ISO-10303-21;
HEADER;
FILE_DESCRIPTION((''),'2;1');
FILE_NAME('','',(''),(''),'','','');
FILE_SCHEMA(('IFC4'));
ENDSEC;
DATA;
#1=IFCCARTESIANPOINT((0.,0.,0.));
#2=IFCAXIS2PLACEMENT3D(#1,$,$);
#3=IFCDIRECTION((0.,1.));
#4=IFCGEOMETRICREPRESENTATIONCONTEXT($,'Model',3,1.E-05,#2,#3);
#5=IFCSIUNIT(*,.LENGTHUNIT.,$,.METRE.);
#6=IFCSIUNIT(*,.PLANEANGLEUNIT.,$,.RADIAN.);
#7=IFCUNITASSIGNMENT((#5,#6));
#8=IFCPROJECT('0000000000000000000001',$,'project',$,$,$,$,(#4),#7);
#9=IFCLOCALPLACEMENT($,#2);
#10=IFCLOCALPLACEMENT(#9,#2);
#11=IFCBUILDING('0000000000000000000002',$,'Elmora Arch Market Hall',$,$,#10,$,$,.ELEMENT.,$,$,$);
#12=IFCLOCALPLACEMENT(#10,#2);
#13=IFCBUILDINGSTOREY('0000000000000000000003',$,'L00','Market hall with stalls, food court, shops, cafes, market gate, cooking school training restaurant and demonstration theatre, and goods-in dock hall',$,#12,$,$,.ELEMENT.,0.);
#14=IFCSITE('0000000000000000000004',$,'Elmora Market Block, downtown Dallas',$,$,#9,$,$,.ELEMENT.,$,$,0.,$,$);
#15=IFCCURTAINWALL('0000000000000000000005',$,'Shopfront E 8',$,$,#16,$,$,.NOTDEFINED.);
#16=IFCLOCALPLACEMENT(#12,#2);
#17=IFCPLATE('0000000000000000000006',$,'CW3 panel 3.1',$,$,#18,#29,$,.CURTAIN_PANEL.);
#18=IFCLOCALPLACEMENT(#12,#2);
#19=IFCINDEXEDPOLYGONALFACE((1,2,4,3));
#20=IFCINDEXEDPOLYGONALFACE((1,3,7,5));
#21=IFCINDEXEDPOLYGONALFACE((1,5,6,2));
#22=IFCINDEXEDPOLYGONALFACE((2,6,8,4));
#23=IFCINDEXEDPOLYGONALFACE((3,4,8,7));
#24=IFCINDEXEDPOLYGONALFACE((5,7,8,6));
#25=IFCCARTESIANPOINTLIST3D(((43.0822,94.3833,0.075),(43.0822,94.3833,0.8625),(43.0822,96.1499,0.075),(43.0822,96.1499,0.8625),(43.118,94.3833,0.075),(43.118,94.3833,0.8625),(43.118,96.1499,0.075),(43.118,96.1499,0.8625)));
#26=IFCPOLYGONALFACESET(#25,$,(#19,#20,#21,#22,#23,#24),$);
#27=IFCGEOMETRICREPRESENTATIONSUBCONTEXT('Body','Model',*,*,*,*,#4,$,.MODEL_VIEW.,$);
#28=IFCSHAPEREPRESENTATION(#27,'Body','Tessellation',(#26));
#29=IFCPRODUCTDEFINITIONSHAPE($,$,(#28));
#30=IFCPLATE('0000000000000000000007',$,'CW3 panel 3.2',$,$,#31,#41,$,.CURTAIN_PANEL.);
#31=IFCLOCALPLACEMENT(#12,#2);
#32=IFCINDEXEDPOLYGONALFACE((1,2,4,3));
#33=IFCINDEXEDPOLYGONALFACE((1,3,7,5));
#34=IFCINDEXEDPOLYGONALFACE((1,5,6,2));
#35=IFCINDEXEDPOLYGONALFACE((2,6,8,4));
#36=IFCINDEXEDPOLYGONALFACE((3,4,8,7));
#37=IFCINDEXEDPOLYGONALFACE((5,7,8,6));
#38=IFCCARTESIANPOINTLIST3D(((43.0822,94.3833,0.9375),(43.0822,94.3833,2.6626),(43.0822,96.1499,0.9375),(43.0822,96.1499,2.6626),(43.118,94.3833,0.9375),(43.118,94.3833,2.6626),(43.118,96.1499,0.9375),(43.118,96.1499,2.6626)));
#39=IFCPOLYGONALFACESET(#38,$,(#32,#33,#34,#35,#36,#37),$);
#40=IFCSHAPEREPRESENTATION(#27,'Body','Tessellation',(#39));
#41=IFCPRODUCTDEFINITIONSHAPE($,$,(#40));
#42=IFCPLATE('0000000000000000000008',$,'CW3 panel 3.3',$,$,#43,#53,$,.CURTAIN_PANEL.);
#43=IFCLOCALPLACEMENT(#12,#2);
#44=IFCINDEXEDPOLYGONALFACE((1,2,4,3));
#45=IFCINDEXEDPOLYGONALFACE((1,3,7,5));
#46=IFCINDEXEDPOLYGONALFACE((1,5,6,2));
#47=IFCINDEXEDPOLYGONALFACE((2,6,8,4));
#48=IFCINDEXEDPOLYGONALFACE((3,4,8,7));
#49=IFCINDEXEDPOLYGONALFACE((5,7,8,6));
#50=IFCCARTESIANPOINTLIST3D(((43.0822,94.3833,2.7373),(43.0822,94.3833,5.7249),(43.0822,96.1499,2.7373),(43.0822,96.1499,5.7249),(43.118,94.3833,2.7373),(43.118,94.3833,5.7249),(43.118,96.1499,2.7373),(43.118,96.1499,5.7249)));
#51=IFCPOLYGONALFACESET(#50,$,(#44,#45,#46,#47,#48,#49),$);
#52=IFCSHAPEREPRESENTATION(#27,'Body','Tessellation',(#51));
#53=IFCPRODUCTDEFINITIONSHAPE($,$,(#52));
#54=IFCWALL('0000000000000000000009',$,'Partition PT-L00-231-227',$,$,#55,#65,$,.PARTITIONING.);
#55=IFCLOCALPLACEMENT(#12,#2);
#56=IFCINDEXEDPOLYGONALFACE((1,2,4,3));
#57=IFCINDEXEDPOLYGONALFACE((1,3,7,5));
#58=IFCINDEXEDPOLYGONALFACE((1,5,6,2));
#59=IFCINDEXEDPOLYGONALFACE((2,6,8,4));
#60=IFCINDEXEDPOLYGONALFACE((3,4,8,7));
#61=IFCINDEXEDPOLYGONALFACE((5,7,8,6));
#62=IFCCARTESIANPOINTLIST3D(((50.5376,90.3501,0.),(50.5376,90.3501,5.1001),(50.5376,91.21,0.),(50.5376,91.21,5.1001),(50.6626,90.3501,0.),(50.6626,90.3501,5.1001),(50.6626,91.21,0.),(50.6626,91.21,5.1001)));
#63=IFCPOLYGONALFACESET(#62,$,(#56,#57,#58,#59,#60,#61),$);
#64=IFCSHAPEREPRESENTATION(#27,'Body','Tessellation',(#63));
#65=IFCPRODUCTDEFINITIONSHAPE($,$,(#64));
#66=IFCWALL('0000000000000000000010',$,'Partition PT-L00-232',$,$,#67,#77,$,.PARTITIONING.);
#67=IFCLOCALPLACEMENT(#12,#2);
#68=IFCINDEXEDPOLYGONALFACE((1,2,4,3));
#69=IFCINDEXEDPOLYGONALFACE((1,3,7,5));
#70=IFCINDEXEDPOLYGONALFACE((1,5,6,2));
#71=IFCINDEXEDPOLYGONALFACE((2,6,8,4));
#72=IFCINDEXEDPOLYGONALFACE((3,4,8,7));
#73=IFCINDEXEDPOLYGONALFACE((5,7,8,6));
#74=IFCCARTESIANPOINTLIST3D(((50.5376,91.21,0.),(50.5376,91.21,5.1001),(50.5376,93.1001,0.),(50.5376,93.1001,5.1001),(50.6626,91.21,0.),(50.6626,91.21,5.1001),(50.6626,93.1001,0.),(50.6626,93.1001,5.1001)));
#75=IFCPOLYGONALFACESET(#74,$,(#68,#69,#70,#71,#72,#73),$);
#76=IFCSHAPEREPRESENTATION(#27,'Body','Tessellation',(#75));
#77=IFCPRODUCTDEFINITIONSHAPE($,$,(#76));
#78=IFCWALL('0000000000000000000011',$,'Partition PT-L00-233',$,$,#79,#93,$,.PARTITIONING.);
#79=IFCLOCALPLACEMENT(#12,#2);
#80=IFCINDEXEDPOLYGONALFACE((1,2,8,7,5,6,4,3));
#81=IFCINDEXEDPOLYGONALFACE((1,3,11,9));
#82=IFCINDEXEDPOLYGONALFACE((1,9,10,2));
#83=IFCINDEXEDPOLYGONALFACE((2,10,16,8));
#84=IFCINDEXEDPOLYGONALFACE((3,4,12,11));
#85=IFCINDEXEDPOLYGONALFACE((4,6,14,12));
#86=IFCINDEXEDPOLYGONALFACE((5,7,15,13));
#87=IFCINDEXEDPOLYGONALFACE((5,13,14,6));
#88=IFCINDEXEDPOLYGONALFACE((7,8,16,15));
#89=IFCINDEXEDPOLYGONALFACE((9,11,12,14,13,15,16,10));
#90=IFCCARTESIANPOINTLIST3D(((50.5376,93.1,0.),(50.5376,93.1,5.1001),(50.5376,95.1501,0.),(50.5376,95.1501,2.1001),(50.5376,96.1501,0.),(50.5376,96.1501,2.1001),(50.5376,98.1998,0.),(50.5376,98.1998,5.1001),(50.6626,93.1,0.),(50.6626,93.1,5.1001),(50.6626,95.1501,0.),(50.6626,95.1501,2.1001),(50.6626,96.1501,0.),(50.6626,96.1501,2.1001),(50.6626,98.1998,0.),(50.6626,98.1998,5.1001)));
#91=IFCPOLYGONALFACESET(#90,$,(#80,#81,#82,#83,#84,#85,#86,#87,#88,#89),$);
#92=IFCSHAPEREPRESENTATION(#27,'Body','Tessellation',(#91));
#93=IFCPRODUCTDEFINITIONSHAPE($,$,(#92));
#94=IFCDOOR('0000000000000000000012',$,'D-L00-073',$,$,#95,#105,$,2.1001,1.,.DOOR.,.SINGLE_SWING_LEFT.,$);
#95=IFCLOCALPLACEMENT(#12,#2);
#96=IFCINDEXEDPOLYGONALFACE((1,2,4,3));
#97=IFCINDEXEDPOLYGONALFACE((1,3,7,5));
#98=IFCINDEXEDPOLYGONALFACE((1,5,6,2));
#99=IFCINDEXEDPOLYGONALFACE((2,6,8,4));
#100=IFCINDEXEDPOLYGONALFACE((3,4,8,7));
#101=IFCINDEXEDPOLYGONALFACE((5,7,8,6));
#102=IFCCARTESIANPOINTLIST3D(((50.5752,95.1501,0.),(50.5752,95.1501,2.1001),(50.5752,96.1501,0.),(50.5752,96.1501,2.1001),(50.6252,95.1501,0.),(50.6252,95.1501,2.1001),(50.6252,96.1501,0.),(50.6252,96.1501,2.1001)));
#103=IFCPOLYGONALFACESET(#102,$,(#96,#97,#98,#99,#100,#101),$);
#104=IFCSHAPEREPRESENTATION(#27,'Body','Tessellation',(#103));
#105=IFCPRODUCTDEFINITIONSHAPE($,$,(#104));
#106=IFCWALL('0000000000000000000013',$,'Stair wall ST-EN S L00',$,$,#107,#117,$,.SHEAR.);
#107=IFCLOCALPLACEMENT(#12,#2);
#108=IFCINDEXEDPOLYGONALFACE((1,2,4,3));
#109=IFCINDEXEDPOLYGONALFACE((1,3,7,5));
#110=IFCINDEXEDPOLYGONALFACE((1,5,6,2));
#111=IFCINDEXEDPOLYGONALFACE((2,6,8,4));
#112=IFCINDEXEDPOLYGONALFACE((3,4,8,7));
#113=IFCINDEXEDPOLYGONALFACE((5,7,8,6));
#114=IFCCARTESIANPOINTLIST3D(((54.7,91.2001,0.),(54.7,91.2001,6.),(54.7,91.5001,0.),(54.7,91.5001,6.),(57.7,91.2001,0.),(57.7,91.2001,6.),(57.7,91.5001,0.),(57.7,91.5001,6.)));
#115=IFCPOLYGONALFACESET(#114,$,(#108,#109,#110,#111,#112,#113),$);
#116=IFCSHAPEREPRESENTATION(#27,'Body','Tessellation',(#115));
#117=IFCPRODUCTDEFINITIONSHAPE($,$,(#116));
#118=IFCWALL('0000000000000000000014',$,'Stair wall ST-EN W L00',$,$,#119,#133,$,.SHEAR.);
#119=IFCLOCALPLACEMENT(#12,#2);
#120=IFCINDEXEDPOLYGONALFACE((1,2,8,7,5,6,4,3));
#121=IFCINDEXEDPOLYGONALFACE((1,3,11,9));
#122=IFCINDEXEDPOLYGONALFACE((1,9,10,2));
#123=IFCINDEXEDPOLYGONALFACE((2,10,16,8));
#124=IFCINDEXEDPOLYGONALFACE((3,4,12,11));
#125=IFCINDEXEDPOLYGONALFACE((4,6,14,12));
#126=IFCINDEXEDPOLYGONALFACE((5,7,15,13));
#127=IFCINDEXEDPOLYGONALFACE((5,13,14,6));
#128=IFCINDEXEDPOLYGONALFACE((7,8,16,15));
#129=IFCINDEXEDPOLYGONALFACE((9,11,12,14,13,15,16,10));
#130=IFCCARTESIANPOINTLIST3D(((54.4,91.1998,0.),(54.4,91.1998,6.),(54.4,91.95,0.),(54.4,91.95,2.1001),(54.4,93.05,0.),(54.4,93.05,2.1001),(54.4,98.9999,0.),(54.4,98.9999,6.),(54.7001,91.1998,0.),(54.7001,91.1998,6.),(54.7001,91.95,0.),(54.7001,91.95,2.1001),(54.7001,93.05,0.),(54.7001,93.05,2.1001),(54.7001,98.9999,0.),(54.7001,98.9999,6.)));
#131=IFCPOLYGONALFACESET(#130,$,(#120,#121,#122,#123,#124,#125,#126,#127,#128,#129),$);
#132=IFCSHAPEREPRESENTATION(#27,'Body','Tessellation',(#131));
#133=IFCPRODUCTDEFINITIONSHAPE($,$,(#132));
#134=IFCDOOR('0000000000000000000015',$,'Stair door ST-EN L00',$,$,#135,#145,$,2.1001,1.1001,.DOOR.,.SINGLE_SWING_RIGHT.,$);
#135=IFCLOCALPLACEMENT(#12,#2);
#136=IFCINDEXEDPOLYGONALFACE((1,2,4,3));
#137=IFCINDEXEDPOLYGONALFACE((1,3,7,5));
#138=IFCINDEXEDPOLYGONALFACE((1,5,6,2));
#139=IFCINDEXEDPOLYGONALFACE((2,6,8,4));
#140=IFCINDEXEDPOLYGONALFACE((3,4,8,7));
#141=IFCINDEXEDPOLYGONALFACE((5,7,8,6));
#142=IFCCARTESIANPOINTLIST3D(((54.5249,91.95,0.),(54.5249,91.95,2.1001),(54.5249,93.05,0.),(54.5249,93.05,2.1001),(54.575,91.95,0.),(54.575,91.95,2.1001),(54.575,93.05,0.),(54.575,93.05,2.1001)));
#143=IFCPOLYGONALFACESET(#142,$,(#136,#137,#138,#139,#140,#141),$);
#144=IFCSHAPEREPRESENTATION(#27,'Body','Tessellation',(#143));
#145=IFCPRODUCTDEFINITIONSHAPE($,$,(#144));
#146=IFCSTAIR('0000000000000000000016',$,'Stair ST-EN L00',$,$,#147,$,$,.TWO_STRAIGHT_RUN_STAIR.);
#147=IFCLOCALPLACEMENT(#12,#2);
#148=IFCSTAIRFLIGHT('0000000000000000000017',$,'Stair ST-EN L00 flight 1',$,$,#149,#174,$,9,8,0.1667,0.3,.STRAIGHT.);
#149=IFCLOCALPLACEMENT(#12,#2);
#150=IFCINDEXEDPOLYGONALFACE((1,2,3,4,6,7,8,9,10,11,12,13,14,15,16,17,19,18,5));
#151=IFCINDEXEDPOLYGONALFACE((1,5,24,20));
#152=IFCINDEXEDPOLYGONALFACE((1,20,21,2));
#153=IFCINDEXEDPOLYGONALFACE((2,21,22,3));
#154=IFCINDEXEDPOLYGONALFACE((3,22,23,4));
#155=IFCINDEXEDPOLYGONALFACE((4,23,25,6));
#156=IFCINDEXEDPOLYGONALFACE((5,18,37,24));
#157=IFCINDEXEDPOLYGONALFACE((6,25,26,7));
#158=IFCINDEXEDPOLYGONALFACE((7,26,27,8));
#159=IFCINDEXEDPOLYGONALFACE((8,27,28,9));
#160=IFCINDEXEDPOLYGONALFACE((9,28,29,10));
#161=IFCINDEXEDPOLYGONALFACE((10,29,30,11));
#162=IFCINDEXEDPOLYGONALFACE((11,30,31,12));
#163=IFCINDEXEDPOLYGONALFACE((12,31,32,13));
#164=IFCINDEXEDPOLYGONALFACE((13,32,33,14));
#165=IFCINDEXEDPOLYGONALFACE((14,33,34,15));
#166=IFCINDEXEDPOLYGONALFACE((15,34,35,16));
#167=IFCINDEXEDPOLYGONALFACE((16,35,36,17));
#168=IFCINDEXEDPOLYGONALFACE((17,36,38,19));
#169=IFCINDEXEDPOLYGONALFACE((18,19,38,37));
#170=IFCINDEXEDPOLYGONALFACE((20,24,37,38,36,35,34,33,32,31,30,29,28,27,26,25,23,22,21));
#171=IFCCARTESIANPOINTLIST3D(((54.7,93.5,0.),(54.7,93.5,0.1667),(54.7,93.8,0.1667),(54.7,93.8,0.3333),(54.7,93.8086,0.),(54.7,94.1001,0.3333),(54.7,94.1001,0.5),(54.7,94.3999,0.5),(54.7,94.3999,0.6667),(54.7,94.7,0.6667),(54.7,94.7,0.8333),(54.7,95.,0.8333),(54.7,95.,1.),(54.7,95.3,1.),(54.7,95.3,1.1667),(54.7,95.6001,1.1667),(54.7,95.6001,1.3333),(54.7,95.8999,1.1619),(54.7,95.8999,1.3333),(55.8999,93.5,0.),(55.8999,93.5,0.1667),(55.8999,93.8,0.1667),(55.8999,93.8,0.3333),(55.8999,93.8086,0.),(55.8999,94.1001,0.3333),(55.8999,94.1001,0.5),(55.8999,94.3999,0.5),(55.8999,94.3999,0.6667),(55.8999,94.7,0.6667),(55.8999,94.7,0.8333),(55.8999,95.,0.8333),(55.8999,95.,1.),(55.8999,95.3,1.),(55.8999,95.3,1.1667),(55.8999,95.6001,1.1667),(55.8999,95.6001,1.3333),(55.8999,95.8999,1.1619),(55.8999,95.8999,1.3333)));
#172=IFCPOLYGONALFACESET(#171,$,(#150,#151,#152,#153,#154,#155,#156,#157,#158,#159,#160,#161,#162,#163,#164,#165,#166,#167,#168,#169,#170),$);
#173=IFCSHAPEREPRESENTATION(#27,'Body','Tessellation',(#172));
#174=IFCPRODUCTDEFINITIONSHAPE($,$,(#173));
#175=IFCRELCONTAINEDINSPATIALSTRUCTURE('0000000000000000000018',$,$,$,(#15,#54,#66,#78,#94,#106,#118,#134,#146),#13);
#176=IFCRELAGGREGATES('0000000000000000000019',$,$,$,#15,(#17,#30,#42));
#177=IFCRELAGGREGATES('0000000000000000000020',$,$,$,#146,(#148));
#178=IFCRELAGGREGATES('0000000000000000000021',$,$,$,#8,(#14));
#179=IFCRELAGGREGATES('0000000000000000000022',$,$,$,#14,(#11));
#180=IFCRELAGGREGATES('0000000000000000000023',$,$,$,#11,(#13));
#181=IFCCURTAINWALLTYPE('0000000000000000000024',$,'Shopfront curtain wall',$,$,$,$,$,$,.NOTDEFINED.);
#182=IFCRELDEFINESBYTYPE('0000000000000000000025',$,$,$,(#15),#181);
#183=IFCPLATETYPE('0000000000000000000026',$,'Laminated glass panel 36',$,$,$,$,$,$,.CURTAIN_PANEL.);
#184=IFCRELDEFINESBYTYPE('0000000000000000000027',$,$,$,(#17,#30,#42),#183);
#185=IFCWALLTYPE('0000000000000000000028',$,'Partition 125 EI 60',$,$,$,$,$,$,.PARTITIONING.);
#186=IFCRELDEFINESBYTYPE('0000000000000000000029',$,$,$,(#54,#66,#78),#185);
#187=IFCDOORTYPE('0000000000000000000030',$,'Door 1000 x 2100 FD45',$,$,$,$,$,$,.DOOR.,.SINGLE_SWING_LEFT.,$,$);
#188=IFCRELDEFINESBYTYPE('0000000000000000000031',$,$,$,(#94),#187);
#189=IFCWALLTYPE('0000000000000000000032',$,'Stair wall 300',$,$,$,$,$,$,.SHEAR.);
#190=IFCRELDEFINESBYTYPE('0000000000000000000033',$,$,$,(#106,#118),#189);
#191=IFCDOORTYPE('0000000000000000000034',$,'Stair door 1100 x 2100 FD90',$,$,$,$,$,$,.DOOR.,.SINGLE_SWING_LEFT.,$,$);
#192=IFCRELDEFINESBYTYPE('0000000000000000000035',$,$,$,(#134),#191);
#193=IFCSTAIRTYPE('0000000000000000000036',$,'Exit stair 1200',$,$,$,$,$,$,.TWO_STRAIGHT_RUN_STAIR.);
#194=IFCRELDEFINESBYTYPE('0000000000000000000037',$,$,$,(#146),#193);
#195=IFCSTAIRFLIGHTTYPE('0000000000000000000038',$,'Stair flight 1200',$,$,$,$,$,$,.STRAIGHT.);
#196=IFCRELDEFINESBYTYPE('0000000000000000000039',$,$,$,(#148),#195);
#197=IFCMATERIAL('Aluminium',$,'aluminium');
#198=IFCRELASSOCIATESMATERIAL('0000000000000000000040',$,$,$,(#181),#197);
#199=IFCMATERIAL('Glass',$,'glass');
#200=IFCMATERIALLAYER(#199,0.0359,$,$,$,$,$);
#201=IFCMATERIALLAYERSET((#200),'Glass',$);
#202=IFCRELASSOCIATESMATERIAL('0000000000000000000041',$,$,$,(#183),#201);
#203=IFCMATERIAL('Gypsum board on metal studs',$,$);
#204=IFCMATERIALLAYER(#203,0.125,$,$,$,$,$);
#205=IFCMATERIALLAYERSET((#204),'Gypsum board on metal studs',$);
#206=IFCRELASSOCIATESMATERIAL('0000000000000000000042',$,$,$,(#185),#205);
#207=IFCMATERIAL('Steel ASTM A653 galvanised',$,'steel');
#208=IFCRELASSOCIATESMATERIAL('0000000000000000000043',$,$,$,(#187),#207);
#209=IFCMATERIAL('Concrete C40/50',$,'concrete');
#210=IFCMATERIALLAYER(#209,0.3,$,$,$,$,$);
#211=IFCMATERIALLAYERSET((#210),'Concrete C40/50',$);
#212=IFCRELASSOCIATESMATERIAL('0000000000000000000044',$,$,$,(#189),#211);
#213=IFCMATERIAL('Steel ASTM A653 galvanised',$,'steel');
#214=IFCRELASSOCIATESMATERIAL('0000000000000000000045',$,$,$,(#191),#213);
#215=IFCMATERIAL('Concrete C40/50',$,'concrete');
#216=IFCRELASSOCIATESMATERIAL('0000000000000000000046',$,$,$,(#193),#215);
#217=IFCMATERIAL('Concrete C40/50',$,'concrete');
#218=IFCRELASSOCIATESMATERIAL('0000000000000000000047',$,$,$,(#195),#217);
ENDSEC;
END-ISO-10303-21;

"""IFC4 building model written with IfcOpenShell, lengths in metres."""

from ifc_helpers import new_model, si_unit, direction, frame, frame_2d, origin, origin_2d, place, context, subcontext, project, spatial, polyline, rectangle, outline, extrude, material, layer, layer_set, type_object, element, fill, aggregate, save


model = new_model("IFC4")

# Units and contexts
model_context = context("Model", 3, precision=1e-05, world=origin(), true_north=direction((0.0, 1.0)))
body_context = subcontext(model_context, "Body", "Model", "MODEL_VIEW")
ifc_project = project(units=[si_unit("LENGTHUNIT", "METRE"), si_unit("PLANEANGLEUNIT", "RADIAN")], contexts=[model_context])

# Site, building, storey
site_placement = place(None, origin())
site = spatial("IfcSite", under=ifc_project, at=site_placement, Name="Elmora Market Block, downtown Dallas", CompositionType="ELEMENT", RefElevation=0.0)
building_placement = place(site_placement, origin())
building = spatial("IfcBuilding", under=site, at=building_placement, Name="Elmora Arch Market Hall", CompositionType="ELEMENT")
storey_placement = place(building_placement, origin())
storey = spatial("IfcBuildingStorey", under=building, at=storey_placement, Name="L00", Description="Market hall with stalls, food court, shops, cafes, market gate, cooking school training restaurant and demonstration theatre, and goods-in dock hall", CompositionType="ELEMENT", Elevation=0.0)

# Curtain wall
ifc_material_1 = material(Name="Aluminium", Category="aluminium")
curtain_wall_type = type_object("IfcCurtainWallType", Name="Shopfront curtain wall", PredefinedType="NOTDEFINED", material=ifc_material_1)
curtain_wall_placement = place(storey_placement, origin())
curtain_wall = element("IfcCurtainWall", 1, at=curtain_wall_placement, inside=storey, type_object=curtain_wall_type, Name="Shopfront E 8", PredefinedType="NOTDEFINED")

# Plates
ifc_material_2 = material(Name="Glass", Category="glass")
ifc_layer_1 = layer(ifc_material_2, 0.0359)
ifc_layer_set_1 = layer_set([ifc_layer_1], Name="Glass")
plate_type = type_object("IfcPlateType", Name="Laminated glass panel 36", PredefinedType="CURTAIN_PANEL", material=ifc_layer_set_1)
plate_1_placement = place(storey_placement, frame((43.1001, 95.2666, 0.075), z_axis=(0.0, 0.0, 1.0), x_axis=(0.0, 1.0, 0.0)))
plate_1 = element("IfcPlate", 2, at=plate_1_placement, type_object=plate_type, Name="CW3 panel 3.1", PredefinedType="CURTAIN_PANEL", context=body_context, shape_type="SweptSolid", body=[
    extrude(rectangle(XDim=1.7666, YDim=0.0359, at=origin_2d()), origin(), (0.0, 0.0, 1.0), 0.7876),
])
plate_2_placement = place(storey_placement, frame((43.1001, 95.2666, 0.9375), z_axis=(0.0, 0.0, 1.0), x_axis=(0.0, 1.0, 0.0)))
plate_2 = element("IfcPlate", 3, at=plate_2_placement, type_object=plate_type, Name="CW3 panel 3.2", PredefinedType="CURTAIN_PANEL", context=body_context, shape_type="SweptSolid", body=[
    extrude(rectangle(XDim=1.7666, YDim=0.0359, at=origin_2d()), origin(), (0.0, 0.0, 1.0), 1.7251),
])
plate_3_placement = place(storey_placement, frame((43.1001, 95.2666, 2.7373), z_axis=(0.0, 0.0, 1.0), x_axis=(0.0, 1.0, 0.0)))
plate_3 = element("IfcPlate", 4, at=plate_3_placement, type_object=plate_type, Name="CW3 panel 3.3", PredefinedType="CURTAIN_PANEL", context=body_context, shape_type="SweptSolid", body=[
    extrude(rectangle(XDim=1.7666, YDim=0.0359, at=origin_2d()), origin(), (0.0, 0.0, 1.0), 2.9875),
])
aggregate(curtain_wall, [plate_1, plate_2, plate_3])

# Walls
ifc_material_3 = material(Name="Gypsum board on metal studs")
ifc_layer_2 = layer(ifc_material_3, 0.125)
ifc_layer_set_2 = layer_set([ifc_layer_2], Name="Gypsum board on metal studs")
wall_type_1 = type_object("IfcWallType", Name="Partition 125 EI 60", PredefinedType="PARTITIONING", material=ifc_layer_set_2)
wall_1_placement = place(storey_placement, frame((50.6001, 90.3501, 0.0), z_axis=(0.0, 0.0, 1.0), x_axis=(0.0, 1.0, 0.0)))
element("IfcWall", 5, at=wall_1_placement, inside=storey, type_object=wall_type_1, Name="Partition PT-L00-231-227", PredefinedType="PARTITIONING", context=body_context, shape_type="SweptSolid", body=[
    extrude(rectangle(XDim=0.8599, YDim=0.125, at=frame_2d((0.4299, 0.0))), origin(), (0.0, 0.0, 1.0), 5.1001),
])
wall_2_placement = place(storey_placement, frame((50.6001, 91.21, 0.0), z_axis=(0.0, 0.0, 1.0), x_axis=(0.0, 1.0, 0.0)))
element("IfcWall", 6, at=wall_2_placement, inside=storey, type_object=wall_type_1, Name="Partition PT-L00-232", PredefinedType="PARTITIONING", context=body_context, shape_type="SweptSolid", body=[
    extrude(rectangle(XDim=1.8901, YDim=0.125, at=frame_2d((0.9451, 0.0))), origin(), (0.0, 0.0, 1.0), 5.1001),
])

# Wall, opening, door
wall_3_placement = place(storey_placement, frame((50.6001, 93.1001, 0.0), z_axis=(0.0, 0.0, 1.0), x_axis=(0.0, 1.0, 0.0)))
wall_3 = element("IfcWall", 7, at=wall_3_placement, inside=storey, type_object=wall_type_1, Name="Partition PT-L00-233", PredefinedType="PARTITIONING", context=body_context, shape_type="SweptSolid", body=[
    extrude(rectangle(XDim=5.0999, YDim=0.125, at=frame_2d((2.5498, 0.0))), origin(), (0.0, 0.0, 1.0), 5.1001),
])
opening_1_placement = place(wall_3_placement, frame((2.05, 0.0, 0.0)))
opening_1 = element("IfcOpeningElement", 8, at=opening_1_placement, cuts=wall_3, PredefinedType="OPENING", context=body_context, shape_type="SweptSolid", body=[
    extrude(rectangle(XDim=1.0, YDim=2.1001, at=frame_2d((0.5, 1.05))), frame((0.0, 0.0725, 0.0), z_axis=(0.0, -1.0, 0.0), x_axis=(1.0, 0.0, 0.0)), (0.0, 0.0, 1.0), 0.145),
])
ifc_material_4 = material(Name="Steel ASTM A653 galvanised", Category="steel")
door_type_1 = type_object("IfcDoorType", Name="Door 1000 x 2100 FD45", OperationType="SINGLE_SWING_LEFT", PredefinedType="DOOR", material=ifc_material_4)
door_1_placement = place(opening_1_placement, origin())
door_1 = element("IfcDoor", 9, at=door_1_placement, inside=storey, type_object=door_type_1, Name="D-L00-073", OperationType="SINGLE_SWING_LEFT", OverallHeight=2.1001, OverallWidth=1.0, PredefinedType="DOOR", context=body_context, shape_type="SweptSolid", body=[
    extrude(rectangle(XDim=1.0, YDim=2.1001, at=frame_2d((0.5, 1.05))), frame((0.0, 0.0249, 0.0), z_axis=(0.0, -1.0, 0.0), x_axis=(1.0, 0.0, 0.0)), (0.0, 0.0, 1.0), 0.05),
])
fill(opening_1, door_1)

# Wall
ifc_material_5 = material(Name="Concrete C40/50", Category="concrete")
ifc_layer_3 = layer(ifc_material_5, 0.3)
ifc_layer_set_3 = layer_set([ifc_layer_3], Name="Concrete C40/50")
wall_type_2 = type_object("IfcWallType", Name="Stair wall 300", PredefinedType="SHEAR", material=ifc_layer_set_3)
wall_4_placement = place(storey_placement, frame((54.7, 91.3501, 0.0), z_axis=(0.0, 0.0, 1.0), x_axis=(1.0, 0.0, 0.0)))
element("IfcWall", 10, at=wall_4_placement, inside=storey, type_object=wall_type_2, Name="Stair wall ST-EN S L00", PredefinedType="SHEAR", context=body_context, shape_type="SweptSolid", body=[
    extrude(rectangle(XDim=3.0, YDim=0.3, at=frame_2d((1.5, 0.0))), origin(), (0.0, 0.0, 1.0), 6.0),
])

# Wall, opening, door
wall_5_placement = place(storey_placement, frame((54.55, 91.2, 0.0), z_axis=(0.0, 0.0, 1.0), x_axis=(0.0, 1.0, 0.0)))
wall_5 = element("IfcWall", 11, at=wall_5_placement, inside=storey, type_object=wall_type_2, Name="Stair wall ST-EN W L00", PredefinedType="SHEAR", context=body_context, shape_type="SweptSolid", body=[
    extrude(rectangle(XDim=7.8, YDim=0.3, at=frame_2d((3.8999, 0.0))), origin(), (0.0, 0.0, 1.0), 6.0),
])
opening_2_placement = place(wall_5_placement, frame((0.75, 0.0, 0.0)))
opening_2 = element("IfcOpeningElement", 12, at=opening_2_placement, cuts=wall_5, PredefinedType="OPENING", context=body_context, shape_type="SweptSolid", body=[
    extrude(rectangle(XDim=1.1001, YDim=2.1001, at=frame_2d((0.55, 1.05))), frame((0.0, 0.1599, 0.0), z_axis=(0.0, -1.0, 0.0), x_axis=(1.0, 0.0, 0.0)), (0.0, 0.0, 1.0), 0.3201),
])
ifc_material_6 = material(Name="Steel ASTM A653 galvanised", Category="steel")
door_type_2 = type_object("IfcDoorType", Name="Stair door 1100 x 2100 FD90", OperationType="SINGLE_SWING_LEFT", PredefinedType="DOOR", material=ifc_material_6)
door_2_placement = place(opening_2_placement, frame((1.1001, 0.0, 0.0), z_axis=(0.0, 0.0, 1.0), x_axis=(-1.0, 0.0, 0.0)))
door_2 = element("IfcDoor", 13, at=door_2_placement, inside=storey, type_object=door_type_2, Name="Stair door ST-EN L00", OperationType="SINGLE_SWING_RIGHT", OverallHeight=2.1001, OverallWidth=1.1001, PredefinedType="DOOR", context=body_context, shape_type="SweptSolid", body=[
    extrude(rectangle(XDim=1.1001, YDim=2.1001, at=frame_2d((0.55, 1.05))), frame((0.0, 0.0249, 0.0), z_axis=(0.0, -1.0, 0.0), x_axis=(1.0, 0.0, 0.0)), (0.0, 0.0, 1.0), 0.05),
])
fill(opening_2, door_2)

# Stair, stair flight
ifc_material_7 = material(Name="Concrete C40/50", Category="concrete")
stair_type = type_object("IfcStairType", Name="Exit stair 1200", PredefinedType="TWO_STRAIGHT_RUN_STAIR", material=ifc_material_7)
stair_placement = place(storey_placement, origin())
stair = element("IfcStair", 14, at=stair_placement, inside=storey, type_object=stair_type, Name="Stair ST-EN L00", PredefinedType="TWO_STRAIGHT_RUN_STAIR")
ifc_material_8 = material(Name="Concrete C40/50", Category="concrete")
stair_flight_type = type_object("IfcStairFlightType", Name="Stair flight 1200", PredefinedType="STRAIGHT", material=ifc_material_8)
stair_flight_1_placement = place(storey_placement, frame((55.3, 93.5, 0.0), z_axis=(0.0, 0.0, 1.0), x_axis=(0.0, 1.0, 0.0)))
stair_flight_1 = element("IfcStairFlight", 15, at=stair_flight_1_placement, type_object=stair_flight_type, Name="Stair ST-EN L00 flight 1", NumberOfRisers=9, NumberOfTreads=8, PredefinedType="STRAIGHT", RiserHeight=0.1667, TreadLength=0.3, context=body_context, shape_type="SweptSolid", body=[
    extrude(outline(polyline([(0.0, 0.0), (0.0, 0.1667), (0.3, 0.1667), (0.3, 0.3333), (0.6001, 0.3333), (0.6001, 0.5), (0.8999, 0.5), (0.8999, 0.6667), (1.2, 0.6667), (1.2, 0.8333), (1.5, 0.8333), (1.5, 1.0), (1.8, 1.0), (1.8, 1.1667), (2.1001, 1.1667), (2.1001, 1.3333), (2.3999, 1.3333), (2.3999, 1.5), (2.3999, 1.1619), (0.3086, 0.0), (0.0, 0.0)])), frame((0.0, 0.6001, 0.0), z_axis=(0.0, -1.0, 0.0), x_axis=(1.0, 0.0, 0.0)), (0.0, 0.0, 1.0), 1.2),
])
aggregate(stair, [stair_flight_1])

save(model, "model.ifc")
